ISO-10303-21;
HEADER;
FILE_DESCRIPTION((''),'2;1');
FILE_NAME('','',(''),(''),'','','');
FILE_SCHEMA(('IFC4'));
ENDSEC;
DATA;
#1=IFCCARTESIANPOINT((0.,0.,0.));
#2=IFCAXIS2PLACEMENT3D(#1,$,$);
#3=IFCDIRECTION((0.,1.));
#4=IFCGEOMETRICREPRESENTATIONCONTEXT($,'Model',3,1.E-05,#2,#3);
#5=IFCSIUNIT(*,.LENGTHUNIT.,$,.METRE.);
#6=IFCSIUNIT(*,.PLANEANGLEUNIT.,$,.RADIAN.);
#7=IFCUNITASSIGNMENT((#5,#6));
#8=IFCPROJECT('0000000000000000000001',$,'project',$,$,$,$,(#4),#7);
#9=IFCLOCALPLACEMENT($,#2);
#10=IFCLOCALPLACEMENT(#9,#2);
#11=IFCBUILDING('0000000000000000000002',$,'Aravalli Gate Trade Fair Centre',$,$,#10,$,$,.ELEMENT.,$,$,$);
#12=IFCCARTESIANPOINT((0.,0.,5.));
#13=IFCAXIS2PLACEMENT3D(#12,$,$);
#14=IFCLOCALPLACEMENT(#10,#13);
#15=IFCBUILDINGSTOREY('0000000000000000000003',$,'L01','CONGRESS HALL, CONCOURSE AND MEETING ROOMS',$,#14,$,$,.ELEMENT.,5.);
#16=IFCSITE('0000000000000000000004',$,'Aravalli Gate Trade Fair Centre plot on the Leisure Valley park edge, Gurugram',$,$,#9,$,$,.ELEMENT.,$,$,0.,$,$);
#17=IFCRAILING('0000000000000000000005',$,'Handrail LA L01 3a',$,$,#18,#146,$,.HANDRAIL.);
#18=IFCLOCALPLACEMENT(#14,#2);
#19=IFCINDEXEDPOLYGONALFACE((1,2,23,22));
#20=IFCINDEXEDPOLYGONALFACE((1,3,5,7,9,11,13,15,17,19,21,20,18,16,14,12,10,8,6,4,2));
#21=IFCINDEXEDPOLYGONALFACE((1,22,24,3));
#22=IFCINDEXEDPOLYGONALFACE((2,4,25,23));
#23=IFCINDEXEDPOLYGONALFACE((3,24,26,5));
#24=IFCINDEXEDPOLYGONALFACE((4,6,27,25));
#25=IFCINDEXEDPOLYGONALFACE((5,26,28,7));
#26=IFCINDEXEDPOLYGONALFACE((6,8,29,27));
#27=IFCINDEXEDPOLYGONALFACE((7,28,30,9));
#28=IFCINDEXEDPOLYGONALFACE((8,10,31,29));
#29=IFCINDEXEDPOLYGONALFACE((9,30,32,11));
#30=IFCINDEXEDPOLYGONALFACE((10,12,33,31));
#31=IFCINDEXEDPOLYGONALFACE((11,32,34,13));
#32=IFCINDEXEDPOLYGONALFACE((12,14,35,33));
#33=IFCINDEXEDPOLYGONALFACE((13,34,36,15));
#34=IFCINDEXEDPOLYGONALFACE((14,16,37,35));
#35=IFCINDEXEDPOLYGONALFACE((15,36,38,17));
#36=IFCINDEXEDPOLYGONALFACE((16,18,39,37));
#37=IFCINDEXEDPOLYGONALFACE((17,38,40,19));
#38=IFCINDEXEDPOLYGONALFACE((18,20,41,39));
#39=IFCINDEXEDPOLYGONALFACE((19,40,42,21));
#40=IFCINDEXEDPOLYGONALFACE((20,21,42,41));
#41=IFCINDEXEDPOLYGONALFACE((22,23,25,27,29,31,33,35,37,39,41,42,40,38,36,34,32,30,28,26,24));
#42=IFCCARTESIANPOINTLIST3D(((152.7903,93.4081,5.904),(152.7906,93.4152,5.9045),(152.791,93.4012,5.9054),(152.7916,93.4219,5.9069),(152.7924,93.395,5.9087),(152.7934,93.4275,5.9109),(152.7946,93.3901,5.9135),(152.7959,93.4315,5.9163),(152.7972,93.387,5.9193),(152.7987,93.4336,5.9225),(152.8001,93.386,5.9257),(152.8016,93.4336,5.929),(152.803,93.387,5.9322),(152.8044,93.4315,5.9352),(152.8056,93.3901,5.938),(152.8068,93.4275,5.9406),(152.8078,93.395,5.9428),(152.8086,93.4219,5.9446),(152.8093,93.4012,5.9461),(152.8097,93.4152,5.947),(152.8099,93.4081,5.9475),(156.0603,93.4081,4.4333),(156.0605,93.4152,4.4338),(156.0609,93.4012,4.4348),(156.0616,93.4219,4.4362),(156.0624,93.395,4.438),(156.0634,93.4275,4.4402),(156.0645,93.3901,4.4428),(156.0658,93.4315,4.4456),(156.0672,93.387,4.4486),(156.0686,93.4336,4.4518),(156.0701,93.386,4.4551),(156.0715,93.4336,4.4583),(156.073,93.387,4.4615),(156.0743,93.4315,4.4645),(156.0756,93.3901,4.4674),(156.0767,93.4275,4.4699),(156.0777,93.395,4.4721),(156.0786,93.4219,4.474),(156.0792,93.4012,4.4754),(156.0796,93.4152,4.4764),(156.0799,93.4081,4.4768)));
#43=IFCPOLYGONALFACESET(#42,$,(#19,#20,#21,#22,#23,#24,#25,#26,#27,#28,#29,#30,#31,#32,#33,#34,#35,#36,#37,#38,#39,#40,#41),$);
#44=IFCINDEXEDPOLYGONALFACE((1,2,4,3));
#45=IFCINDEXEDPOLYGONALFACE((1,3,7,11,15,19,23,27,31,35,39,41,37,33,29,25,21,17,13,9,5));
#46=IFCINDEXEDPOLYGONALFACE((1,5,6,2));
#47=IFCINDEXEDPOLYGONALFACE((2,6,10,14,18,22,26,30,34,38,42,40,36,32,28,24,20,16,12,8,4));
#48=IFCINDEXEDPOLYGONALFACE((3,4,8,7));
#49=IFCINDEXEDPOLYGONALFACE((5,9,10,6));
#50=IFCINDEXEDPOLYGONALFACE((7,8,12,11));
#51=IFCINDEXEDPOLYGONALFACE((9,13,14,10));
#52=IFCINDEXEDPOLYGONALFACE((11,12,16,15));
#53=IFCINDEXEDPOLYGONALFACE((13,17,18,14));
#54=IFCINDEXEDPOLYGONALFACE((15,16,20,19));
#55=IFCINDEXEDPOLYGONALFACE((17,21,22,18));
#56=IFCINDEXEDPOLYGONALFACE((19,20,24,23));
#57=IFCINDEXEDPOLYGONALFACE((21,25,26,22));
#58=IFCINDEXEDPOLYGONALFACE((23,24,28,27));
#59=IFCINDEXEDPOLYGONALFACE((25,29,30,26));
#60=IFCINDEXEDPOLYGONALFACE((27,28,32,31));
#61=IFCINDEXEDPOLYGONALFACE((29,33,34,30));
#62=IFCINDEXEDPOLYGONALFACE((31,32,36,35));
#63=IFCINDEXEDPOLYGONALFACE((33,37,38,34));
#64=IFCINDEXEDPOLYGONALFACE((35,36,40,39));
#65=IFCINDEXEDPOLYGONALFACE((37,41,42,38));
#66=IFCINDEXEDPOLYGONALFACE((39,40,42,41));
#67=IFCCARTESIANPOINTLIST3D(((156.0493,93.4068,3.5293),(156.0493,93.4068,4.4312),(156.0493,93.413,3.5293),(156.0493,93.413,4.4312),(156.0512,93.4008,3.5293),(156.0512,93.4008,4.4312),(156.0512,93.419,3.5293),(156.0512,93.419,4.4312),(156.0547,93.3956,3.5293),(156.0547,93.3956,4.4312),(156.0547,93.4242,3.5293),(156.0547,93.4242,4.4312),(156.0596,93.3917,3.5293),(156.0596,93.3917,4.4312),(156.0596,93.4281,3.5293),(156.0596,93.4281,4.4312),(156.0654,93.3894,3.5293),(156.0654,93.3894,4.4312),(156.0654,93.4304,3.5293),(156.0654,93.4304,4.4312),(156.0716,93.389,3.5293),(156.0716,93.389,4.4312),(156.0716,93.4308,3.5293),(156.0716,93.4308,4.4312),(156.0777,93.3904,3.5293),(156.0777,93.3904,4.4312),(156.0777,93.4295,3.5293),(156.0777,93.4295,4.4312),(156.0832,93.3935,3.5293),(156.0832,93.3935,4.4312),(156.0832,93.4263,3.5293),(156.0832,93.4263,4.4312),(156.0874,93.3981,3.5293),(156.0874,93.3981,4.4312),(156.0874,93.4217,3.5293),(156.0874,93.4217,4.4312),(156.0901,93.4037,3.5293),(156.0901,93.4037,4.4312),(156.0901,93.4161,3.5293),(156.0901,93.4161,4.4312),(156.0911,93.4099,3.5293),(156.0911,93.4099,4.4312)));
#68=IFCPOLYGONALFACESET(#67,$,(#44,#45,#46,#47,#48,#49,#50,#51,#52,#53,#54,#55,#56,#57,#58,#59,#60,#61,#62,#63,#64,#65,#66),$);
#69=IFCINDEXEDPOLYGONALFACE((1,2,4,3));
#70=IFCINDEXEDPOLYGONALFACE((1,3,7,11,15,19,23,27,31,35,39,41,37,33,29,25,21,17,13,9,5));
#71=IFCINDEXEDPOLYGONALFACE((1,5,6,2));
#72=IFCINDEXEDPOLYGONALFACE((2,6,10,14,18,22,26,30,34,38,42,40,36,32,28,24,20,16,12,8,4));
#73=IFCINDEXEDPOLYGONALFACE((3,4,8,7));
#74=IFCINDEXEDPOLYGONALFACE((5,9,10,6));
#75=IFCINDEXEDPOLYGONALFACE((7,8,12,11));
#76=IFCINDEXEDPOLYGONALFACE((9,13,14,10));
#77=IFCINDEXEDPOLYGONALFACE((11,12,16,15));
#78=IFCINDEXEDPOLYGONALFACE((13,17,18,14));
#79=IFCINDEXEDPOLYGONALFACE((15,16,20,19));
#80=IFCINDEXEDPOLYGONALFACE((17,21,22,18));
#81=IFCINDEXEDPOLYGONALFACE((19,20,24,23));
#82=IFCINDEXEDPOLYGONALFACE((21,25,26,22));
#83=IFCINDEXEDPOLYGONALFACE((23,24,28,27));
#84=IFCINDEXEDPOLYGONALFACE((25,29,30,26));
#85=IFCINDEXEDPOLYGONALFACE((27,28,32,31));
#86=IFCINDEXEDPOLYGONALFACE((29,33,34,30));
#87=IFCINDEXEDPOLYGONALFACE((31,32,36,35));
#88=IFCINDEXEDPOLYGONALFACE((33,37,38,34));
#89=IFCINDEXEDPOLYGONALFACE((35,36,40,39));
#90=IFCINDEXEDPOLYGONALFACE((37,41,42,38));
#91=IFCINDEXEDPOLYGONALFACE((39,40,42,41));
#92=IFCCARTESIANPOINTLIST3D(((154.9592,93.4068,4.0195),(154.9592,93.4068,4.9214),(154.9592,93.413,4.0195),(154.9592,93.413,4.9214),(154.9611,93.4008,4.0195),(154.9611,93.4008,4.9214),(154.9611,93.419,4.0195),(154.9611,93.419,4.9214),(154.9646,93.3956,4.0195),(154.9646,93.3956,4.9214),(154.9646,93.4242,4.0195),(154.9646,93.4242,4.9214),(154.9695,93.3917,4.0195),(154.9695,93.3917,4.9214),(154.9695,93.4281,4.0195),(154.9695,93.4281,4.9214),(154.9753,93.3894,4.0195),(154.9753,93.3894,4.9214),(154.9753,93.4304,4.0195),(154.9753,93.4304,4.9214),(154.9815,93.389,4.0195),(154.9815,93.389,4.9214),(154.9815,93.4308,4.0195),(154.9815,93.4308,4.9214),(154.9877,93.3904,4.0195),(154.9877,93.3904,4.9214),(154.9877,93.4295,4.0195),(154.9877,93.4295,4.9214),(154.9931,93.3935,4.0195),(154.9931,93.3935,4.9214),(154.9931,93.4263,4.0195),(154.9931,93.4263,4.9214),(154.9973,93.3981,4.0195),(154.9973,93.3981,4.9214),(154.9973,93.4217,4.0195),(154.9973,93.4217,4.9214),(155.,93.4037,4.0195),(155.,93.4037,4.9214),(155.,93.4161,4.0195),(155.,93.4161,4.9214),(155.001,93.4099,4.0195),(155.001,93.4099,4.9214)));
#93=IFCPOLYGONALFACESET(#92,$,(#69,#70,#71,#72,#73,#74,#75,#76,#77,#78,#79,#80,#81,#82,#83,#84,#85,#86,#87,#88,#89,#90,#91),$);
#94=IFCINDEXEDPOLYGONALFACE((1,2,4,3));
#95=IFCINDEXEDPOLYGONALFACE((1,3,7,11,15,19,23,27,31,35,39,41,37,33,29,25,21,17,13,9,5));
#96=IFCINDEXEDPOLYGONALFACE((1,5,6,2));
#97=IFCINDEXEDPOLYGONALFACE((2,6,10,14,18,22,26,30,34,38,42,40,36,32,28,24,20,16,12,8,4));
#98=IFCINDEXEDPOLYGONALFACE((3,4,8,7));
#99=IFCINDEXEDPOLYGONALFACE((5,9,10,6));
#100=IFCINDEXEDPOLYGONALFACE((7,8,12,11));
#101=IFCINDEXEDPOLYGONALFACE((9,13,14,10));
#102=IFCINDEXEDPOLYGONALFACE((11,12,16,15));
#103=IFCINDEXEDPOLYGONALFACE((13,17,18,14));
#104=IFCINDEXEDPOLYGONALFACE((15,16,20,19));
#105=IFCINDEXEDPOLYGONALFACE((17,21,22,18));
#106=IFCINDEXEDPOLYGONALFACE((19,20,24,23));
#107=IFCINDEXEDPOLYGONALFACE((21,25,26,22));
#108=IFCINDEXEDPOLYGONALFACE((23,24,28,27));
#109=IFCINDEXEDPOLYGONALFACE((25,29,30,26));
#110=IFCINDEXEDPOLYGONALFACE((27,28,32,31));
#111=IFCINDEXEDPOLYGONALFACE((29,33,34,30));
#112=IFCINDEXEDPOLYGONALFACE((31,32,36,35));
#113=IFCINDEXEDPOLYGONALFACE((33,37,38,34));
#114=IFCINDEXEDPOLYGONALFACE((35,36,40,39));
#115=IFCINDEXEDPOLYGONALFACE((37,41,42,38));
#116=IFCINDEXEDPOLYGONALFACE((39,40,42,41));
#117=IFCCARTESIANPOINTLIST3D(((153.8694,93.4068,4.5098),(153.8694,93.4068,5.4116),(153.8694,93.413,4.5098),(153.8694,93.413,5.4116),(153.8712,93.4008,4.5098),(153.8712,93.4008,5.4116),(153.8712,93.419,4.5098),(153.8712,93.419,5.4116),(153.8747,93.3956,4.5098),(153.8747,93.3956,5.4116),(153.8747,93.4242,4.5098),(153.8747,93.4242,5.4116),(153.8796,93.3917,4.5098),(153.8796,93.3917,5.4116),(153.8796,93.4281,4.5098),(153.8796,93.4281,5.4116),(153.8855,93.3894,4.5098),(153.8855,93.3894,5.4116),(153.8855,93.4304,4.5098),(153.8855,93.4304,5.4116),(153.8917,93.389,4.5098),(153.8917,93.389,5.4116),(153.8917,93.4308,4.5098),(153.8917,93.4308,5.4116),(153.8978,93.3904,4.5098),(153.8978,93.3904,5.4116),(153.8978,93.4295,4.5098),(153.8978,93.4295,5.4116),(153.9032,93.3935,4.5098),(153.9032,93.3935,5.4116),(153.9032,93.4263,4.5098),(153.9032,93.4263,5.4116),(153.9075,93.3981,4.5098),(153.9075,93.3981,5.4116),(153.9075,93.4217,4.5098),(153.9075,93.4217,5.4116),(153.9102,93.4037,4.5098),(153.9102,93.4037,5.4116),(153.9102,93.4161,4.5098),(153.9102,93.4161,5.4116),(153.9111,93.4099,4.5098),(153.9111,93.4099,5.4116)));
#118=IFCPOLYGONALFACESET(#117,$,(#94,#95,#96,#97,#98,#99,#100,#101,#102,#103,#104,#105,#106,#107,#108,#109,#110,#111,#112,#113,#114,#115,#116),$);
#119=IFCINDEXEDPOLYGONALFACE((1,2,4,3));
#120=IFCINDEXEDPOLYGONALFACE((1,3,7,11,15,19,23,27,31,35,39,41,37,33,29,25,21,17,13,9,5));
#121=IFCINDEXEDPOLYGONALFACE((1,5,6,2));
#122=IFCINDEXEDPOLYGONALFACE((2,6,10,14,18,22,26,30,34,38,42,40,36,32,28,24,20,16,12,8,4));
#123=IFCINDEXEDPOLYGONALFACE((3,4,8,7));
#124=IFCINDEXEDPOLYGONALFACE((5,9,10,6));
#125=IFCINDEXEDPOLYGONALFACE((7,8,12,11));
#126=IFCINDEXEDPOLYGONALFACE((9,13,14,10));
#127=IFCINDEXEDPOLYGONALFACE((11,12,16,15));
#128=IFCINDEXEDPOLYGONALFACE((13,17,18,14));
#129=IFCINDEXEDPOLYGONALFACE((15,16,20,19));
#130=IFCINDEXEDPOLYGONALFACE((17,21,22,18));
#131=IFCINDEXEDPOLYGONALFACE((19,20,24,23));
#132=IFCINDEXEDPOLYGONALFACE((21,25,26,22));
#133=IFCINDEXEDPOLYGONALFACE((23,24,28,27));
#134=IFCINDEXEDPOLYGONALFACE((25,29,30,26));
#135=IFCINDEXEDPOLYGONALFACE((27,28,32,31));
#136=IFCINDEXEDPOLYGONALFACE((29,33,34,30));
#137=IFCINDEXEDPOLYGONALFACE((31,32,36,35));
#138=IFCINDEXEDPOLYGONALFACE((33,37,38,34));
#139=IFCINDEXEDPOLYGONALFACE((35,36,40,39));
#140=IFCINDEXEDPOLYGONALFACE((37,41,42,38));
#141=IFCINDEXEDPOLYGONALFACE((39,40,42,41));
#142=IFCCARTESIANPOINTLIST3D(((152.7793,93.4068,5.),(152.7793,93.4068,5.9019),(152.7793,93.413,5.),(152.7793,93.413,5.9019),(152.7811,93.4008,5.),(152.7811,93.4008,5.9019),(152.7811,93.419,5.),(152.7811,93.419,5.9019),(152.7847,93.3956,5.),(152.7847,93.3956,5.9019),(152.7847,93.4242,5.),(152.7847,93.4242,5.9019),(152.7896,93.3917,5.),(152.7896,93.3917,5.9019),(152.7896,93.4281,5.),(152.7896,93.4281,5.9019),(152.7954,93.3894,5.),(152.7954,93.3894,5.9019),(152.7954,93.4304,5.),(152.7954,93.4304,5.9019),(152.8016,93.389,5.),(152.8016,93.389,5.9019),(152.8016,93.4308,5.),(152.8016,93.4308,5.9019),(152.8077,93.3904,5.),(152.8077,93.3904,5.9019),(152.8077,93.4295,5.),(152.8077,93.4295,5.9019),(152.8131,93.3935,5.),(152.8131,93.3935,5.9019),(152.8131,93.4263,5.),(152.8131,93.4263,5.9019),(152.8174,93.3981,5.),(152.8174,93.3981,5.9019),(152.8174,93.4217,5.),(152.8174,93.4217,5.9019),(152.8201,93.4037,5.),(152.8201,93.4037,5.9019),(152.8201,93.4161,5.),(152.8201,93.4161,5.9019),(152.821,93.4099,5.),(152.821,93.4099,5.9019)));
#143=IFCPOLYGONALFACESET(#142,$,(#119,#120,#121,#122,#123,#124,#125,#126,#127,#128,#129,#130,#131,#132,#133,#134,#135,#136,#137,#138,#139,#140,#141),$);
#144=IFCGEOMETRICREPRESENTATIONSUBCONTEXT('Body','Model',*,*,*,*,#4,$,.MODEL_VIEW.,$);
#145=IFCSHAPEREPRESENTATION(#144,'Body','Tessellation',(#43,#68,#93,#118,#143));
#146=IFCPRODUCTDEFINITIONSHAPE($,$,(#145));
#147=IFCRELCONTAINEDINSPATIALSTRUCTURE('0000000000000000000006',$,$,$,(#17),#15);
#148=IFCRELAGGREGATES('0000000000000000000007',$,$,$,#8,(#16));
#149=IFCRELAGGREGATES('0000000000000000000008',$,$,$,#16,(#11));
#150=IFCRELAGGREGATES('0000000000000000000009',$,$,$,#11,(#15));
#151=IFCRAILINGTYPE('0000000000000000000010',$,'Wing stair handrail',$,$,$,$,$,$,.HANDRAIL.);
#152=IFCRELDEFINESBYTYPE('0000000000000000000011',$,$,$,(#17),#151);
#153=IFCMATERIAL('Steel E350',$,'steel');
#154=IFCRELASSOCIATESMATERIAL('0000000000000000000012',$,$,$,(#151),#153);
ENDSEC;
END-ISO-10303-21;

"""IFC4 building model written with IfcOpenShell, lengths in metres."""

from ifc_helpers import new_model, si_unit, direction, frame, origin, origin_2d, place, context, subcontext, project, spatial, circle, extrude, material, type_object, element, save


model = new_model("IFC4")

# Units and contexts
model_context = context("Model", 3, precision=1e-05, world=origin(), true_north=direction((0.0, 1.0)))
body_context = subcontext(model_context, "Body", "Model", "MODEL_VIEW")
ifc_project = project(units=[si_unit("LENGTHUNIT", "METRE"), si_unit("PLANEANGLEUNIT", "RADIAN")], contexts=[model_context])

# Site, building, storey
site_placement = place(None, origin())
site = spatial("IfcSite", under=ifc_project, at=site_placement, Name="Aravalli Gate Trade Fair Centre plot on the Leisure Valley park edge, Gurugram", CompositionType="ELEMENT", RefElevation=0.0)
building_placement = place(site_placement, origin())
building = spatial("IfcBuilding", under=site, at=building_placement, Name="Aravalli Gate Trade Fair Centre", CompositionType="ELEMENT")
storey_placement = place(building_placement, frame((0.0, 0.0, 5.0)))
storey = spatial("IfcBuildingStorey", under=building, at=storey_placement, Name="L01", Description="CONGRESS HALL, CONCOURSE AND MEETING ROOMS", CompositionType="ELEMENT", Elevation=5.0)

# Shared definitions
ifc_material_1 = material(Name="Steel E350", Category="steel")

# Railing
railing_type_1 = type_object("IfcRailingType", Name="Wing stair handrail", PredefinedType="HANDRAIL", material=ifc_material_1)
for number, where, name in (
    (1, (156.0701, 93.4099, 3.5293), "Handrail LA L01 3a"),
):
    element("IfcRailing", number, at=place(storey_placement, frame(where)), inside=storey, type_object=railing_type_1, Name=name, PredefinedType="HANDRAIL", context=body_context, shape_type="SweptSolid", body=[
        extrude(circle(Radius=0.0239, at=origin_2d()), frame((0.0, 0.0, 0.9258), z_axis=(-0.912006, 0.0, 0.410178), x_axis=(0.0, -1.0, 0.0)), (0.0, 0.0, 1.0), 3.5854),
        extrude(circle(Radius=0.021, at=origin_2d()), origin(), (0.0, 0.0, 1.0), 0.9019),
        extrude(circle(Radius=0.021, at=origin_2d()), frame((-1.0901, 0.0, 0.4902)), (0.0, 0.0, 1.0), 0.9019),
        extrude(circle(Radius=0.021, at=origin_2d()), frame((-2.1799, 0.0, 0.9805)), (0.0, 0.0, 1.0), 0.9019),
        extrude(circle(Radius=0.021, at=origin_2d()), frame((-3.27, 0.0, 1.4707)), (0.0, 0.0, 1.0), 0.9019),
    ])

save(model, "model.ifc")
